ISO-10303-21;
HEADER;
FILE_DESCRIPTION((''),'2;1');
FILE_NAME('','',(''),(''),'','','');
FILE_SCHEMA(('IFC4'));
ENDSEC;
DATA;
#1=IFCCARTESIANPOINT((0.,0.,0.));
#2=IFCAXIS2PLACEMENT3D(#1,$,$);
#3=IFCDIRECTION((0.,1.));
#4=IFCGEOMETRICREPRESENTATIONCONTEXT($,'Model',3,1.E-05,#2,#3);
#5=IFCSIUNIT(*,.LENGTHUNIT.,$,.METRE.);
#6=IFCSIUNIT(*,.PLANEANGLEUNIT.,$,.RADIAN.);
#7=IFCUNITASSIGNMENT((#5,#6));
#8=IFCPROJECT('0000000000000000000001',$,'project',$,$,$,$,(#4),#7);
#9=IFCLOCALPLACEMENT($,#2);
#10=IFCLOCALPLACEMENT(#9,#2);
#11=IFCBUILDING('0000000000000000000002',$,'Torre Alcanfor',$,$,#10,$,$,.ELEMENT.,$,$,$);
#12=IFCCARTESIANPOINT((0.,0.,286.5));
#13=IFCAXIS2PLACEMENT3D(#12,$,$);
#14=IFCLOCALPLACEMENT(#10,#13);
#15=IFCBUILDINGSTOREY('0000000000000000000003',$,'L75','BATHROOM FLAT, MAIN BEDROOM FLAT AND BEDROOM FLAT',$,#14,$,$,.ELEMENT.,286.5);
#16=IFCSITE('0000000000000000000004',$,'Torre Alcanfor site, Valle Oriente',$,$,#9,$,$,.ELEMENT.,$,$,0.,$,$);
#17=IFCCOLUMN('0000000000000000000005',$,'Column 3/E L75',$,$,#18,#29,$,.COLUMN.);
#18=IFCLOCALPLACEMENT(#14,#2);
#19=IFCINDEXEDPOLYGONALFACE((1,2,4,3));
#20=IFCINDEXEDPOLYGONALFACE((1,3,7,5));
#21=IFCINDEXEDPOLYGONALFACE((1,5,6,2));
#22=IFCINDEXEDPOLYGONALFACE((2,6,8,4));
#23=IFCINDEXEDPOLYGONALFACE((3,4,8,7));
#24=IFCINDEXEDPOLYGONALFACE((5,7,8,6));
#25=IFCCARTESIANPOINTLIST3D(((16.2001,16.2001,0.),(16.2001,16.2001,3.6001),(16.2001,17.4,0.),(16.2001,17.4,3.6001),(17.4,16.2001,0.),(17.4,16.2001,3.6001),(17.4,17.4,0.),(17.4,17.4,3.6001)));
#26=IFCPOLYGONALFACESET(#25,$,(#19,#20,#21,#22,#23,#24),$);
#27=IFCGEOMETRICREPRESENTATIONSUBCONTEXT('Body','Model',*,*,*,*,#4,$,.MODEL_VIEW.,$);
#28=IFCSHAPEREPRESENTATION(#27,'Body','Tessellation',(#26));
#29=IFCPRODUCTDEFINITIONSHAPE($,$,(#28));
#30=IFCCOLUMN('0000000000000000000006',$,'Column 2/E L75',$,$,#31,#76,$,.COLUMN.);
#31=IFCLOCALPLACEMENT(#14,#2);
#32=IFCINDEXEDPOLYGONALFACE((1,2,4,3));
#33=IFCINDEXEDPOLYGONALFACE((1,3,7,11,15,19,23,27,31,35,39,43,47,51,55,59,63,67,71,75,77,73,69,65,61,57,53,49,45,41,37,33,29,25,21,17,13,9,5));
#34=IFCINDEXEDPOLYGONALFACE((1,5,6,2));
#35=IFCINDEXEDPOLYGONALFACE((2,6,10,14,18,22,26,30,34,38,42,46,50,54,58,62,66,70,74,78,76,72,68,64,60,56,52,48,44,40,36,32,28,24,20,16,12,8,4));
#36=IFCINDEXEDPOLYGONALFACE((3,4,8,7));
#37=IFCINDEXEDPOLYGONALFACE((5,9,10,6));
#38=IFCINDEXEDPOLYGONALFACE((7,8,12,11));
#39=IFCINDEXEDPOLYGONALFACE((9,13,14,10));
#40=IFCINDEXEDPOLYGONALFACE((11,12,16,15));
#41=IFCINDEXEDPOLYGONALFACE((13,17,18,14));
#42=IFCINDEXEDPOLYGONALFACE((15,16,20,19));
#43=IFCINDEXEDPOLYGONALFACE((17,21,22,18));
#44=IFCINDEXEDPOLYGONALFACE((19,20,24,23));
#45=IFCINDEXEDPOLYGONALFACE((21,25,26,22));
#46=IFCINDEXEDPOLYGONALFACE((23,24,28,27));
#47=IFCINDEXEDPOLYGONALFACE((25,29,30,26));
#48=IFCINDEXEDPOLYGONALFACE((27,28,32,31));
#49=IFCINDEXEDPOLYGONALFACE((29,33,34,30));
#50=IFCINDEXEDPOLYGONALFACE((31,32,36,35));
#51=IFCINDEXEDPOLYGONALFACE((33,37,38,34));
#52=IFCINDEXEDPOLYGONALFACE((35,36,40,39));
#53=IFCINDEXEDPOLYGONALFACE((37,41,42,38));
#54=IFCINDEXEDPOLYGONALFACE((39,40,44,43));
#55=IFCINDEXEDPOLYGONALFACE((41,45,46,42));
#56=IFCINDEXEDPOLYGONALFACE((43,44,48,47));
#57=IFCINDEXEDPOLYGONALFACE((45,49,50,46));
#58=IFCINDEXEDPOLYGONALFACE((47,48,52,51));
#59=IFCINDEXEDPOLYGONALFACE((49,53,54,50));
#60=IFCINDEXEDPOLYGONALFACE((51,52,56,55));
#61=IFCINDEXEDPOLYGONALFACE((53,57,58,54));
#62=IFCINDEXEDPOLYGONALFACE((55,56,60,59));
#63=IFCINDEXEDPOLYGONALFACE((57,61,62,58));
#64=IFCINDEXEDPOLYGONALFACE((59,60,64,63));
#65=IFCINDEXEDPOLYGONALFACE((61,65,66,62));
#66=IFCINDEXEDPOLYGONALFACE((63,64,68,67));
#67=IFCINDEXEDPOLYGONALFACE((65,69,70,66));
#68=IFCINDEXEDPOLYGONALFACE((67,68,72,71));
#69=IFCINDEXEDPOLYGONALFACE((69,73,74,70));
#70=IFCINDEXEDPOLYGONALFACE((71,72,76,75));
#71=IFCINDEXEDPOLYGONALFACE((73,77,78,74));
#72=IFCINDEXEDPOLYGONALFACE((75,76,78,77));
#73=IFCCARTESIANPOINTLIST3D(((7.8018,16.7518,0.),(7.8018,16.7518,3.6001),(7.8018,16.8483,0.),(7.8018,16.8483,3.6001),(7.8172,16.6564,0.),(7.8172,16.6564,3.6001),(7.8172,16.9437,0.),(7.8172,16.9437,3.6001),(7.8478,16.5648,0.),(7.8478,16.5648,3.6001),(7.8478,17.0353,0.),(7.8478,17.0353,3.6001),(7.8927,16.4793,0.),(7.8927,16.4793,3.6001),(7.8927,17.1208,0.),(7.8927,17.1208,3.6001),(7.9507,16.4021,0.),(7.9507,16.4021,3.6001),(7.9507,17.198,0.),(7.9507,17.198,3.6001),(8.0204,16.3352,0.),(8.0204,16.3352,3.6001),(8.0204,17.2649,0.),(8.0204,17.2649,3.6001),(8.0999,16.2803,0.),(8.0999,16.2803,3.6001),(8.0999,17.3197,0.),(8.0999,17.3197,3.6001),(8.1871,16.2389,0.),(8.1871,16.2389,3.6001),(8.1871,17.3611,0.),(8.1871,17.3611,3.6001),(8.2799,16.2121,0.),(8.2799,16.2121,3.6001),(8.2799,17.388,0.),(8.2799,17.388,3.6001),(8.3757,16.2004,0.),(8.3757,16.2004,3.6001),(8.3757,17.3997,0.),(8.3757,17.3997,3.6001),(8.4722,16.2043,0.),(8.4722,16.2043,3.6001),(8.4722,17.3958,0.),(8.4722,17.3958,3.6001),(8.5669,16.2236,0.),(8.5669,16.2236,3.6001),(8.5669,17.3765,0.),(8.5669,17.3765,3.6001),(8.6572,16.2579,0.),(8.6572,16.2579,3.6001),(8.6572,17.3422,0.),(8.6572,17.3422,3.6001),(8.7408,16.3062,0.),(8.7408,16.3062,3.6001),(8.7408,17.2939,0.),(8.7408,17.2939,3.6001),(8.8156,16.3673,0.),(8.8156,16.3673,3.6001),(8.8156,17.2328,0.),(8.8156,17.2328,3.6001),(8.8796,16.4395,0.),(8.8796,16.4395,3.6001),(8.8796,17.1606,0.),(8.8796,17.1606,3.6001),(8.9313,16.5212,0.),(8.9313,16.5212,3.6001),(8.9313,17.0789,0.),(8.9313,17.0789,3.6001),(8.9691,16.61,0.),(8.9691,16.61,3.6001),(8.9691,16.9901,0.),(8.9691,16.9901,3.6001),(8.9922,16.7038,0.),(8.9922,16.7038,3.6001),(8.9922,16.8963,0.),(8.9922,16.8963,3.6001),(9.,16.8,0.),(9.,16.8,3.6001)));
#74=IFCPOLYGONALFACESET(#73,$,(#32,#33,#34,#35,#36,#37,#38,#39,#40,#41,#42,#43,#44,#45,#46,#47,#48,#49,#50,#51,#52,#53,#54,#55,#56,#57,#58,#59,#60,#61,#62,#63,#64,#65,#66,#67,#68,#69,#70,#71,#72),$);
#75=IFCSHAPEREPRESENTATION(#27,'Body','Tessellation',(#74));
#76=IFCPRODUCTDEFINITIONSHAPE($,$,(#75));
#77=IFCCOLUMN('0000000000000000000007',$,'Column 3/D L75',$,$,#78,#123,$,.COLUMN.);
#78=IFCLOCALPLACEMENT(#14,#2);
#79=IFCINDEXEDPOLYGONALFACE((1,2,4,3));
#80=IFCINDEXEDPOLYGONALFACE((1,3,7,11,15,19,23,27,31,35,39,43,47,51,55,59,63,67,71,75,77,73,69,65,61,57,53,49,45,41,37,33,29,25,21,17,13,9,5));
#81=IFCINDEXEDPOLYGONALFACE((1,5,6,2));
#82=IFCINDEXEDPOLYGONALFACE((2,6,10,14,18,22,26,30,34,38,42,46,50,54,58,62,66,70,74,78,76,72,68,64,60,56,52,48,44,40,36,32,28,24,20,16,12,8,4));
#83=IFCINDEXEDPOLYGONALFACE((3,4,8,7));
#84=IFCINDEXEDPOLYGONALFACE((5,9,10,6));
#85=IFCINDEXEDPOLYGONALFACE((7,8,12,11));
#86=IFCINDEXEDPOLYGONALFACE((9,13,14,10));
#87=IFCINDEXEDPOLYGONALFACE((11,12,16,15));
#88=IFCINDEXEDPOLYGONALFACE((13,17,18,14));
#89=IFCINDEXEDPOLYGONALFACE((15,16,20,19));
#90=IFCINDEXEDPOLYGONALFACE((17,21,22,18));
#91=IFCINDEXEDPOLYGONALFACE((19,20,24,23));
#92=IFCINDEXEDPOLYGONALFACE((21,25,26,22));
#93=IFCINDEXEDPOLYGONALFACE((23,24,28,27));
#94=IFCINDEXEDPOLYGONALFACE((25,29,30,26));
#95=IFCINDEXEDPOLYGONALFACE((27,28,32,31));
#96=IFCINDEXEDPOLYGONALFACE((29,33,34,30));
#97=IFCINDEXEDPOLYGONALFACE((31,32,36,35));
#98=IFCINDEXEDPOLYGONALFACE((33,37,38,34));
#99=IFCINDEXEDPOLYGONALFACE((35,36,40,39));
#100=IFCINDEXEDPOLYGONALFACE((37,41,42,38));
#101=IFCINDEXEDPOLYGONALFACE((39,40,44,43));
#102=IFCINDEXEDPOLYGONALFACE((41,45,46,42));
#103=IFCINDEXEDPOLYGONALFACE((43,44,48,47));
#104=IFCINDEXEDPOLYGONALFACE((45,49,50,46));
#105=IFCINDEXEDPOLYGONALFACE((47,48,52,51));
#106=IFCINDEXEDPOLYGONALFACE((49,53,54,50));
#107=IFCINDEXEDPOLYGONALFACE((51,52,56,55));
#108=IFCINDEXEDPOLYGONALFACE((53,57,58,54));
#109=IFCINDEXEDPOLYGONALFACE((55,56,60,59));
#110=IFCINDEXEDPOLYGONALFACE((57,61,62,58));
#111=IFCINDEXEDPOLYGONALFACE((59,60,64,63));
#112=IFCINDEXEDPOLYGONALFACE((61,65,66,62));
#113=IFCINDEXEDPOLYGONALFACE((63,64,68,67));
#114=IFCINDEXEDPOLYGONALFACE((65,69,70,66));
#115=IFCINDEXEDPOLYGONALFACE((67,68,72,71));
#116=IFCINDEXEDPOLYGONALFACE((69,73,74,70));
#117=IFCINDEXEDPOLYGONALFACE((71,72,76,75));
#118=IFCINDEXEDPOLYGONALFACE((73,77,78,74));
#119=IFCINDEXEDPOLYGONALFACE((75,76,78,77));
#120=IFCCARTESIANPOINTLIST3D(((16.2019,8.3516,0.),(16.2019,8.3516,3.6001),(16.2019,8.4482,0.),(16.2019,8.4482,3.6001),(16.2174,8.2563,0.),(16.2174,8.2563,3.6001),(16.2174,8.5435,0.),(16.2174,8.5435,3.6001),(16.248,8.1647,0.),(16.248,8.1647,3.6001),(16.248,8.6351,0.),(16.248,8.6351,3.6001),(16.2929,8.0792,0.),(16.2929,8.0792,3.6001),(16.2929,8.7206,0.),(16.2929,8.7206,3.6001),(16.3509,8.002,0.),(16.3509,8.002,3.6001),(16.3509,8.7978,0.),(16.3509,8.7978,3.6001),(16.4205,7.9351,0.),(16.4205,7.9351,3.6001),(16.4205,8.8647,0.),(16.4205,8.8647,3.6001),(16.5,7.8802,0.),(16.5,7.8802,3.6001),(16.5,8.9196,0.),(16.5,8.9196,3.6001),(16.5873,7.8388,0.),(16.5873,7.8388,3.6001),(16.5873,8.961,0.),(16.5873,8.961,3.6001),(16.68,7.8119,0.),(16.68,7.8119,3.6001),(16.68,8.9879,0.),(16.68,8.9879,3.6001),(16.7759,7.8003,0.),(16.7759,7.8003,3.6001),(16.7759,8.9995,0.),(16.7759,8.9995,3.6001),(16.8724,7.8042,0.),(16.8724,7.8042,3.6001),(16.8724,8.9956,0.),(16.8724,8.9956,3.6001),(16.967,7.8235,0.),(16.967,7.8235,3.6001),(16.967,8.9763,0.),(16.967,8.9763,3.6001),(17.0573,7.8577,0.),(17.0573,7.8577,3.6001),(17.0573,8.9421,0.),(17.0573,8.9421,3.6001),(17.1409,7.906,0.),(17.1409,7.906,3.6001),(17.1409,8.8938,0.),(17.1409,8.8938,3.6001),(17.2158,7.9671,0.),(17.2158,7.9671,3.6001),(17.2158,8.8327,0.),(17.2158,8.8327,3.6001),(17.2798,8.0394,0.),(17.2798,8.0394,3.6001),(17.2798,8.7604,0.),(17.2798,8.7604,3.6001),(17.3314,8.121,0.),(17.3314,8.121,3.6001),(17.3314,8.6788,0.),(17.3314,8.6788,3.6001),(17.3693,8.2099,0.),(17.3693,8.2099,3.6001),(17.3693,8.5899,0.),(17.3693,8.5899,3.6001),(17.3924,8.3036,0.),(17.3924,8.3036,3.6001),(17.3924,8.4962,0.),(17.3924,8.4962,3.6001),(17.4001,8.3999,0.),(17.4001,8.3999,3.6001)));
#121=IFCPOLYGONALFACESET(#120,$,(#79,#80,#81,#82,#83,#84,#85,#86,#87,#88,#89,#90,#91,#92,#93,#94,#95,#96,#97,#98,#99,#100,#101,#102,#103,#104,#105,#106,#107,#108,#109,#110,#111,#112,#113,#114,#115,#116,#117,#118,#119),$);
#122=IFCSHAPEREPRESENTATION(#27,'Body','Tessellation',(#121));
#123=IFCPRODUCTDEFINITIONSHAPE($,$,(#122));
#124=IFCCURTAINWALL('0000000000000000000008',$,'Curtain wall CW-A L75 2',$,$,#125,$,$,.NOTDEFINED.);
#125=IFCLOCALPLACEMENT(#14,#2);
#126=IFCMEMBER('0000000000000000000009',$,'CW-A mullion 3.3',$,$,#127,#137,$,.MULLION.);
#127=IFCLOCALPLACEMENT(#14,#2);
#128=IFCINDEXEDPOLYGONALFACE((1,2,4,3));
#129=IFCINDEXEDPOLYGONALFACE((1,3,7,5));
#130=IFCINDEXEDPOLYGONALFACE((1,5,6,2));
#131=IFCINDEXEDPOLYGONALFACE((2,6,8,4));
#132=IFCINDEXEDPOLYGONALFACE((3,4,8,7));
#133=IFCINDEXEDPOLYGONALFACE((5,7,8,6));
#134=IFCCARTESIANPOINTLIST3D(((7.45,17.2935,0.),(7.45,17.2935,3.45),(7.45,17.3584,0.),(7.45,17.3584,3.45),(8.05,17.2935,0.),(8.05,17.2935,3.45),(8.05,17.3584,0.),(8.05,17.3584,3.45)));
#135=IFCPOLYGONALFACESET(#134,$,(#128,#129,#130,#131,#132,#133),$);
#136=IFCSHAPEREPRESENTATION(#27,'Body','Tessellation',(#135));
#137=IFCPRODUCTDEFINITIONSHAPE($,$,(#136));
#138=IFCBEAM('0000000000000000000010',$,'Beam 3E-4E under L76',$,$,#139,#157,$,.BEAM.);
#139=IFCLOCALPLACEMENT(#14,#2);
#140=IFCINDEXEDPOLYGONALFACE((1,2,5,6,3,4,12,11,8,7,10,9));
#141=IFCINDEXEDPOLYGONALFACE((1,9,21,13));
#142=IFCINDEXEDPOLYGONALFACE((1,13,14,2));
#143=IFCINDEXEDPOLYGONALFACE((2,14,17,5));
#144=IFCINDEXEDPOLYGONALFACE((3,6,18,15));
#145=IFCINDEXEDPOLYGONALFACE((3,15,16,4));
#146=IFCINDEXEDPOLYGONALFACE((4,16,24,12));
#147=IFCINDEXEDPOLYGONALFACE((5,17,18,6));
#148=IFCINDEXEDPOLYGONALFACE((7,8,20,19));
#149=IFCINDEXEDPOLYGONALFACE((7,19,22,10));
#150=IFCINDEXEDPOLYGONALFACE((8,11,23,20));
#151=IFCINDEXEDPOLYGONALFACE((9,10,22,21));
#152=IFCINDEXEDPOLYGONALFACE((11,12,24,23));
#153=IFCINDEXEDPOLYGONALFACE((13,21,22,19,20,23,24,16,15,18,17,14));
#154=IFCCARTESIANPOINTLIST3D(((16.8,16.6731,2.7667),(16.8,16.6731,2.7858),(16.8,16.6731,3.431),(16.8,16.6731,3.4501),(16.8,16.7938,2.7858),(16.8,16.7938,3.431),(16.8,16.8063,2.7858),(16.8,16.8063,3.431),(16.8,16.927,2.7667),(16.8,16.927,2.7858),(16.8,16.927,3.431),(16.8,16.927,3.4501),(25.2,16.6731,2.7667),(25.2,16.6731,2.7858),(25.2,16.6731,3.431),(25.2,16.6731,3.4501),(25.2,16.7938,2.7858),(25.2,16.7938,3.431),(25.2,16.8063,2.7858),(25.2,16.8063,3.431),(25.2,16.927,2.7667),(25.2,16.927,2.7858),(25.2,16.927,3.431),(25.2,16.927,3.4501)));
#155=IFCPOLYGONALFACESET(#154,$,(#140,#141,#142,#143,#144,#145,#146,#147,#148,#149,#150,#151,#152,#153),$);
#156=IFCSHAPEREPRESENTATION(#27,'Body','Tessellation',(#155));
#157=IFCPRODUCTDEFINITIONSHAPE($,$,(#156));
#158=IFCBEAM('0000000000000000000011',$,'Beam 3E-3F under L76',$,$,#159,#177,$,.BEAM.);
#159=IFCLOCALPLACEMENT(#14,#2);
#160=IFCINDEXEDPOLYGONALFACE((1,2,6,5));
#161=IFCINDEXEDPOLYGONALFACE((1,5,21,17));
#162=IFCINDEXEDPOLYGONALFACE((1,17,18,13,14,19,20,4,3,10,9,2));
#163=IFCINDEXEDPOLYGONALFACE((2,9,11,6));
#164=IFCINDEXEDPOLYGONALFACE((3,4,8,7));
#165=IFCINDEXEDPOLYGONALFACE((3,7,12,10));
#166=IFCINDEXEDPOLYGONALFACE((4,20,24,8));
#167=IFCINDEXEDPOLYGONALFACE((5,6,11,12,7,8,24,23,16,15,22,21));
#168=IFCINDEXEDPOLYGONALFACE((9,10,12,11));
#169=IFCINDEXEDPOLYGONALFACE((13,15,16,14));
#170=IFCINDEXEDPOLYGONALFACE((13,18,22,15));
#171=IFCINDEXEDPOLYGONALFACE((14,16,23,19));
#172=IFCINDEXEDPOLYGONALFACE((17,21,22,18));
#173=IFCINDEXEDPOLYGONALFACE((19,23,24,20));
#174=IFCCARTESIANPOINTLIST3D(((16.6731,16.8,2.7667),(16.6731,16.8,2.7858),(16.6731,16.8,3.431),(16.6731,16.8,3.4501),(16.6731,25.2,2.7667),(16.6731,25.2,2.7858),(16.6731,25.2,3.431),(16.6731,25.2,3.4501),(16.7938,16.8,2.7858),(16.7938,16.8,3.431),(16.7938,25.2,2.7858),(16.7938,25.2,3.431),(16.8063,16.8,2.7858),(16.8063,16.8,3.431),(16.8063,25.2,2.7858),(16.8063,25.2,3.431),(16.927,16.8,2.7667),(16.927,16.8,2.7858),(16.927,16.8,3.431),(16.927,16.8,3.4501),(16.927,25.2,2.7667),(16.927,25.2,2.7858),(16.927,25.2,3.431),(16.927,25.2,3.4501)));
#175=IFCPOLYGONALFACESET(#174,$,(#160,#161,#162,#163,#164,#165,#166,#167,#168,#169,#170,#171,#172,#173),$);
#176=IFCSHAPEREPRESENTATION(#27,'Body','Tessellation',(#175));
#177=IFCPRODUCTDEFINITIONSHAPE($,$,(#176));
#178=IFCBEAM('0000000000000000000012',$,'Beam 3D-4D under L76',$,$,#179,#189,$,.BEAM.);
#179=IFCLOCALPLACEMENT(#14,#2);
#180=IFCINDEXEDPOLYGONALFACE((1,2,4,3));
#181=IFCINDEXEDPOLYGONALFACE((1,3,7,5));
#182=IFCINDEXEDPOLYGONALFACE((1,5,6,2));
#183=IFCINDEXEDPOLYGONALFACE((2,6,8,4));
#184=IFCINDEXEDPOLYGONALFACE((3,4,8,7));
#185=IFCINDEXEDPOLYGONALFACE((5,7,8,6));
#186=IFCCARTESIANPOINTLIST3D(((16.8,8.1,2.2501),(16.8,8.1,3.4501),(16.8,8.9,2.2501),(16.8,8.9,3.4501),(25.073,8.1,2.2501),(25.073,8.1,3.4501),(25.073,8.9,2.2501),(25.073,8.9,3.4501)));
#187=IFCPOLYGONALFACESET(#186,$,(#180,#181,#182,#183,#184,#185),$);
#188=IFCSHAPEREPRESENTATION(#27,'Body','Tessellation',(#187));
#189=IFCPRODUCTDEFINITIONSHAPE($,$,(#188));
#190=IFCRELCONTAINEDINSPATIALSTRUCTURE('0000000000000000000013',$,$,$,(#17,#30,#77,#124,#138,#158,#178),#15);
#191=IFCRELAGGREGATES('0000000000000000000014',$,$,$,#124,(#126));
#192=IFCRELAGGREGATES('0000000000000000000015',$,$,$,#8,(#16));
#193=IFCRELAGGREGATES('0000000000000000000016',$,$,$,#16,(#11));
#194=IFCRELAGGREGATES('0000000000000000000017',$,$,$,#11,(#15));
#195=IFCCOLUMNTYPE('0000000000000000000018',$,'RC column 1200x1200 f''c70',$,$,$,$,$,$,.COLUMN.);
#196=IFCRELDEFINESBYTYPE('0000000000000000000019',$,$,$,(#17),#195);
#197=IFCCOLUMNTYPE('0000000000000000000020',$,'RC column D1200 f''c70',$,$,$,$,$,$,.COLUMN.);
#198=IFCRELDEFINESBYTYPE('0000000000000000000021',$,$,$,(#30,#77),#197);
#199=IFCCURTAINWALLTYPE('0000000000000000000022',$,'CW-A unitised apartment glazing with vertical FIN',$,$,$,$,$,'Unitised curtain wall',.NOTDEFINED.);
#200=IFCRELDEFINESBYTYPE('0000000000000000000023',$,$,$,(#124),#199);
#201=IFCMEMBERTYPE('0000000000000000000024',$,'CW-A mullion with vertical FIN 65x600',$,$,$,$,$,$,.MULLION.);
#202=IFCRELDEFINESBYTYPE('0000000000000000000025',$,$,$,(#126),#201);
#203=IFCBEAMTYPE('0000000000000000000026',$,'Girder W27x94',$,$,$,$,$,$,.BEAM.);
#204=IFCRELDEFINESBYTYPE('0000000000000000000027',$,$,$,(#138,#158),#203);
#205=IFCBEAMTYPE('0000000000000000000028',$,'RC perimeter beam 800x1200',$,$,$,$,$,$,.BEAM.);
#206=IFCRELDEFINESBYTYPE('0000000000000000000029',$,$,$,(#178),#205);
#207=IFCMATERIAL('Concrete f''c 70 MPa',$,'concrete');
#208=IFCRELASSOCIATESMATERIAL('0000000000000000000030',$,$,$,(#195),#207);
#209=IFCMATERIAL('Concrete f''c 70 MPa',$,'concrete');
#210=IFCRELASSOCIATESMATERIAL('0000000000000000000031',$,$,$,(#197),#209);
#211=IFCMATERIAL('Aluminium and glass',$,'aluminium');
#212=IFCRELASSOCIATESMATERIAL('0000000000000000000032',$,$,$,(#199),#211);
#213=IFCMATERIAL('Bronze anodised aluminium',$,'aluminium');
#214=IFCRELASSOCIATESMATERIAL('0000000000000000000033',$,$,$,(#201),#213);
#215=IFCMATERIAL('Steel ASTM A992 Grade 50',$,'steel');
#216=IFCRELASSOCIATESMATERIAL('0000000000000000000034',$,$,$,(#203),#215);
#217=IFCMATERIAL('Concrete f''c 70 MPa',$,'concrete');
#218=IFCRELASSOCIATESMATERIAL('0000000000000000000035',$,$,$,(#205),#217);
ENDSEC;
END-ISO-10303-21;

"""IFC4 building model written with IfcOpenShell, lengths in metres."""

from ifc_helpers import new_model, si_unit, direction, frame, origin, origin_2d, place, context, subcontext, project, spatial, rectangle, circle, i_section, extrude, material, material_profile, profile_set, type_object, element, aggregate, save


model = new_model("IFC4")

# Units and contexts
model_context = context("Model", 3, precision=1e-05, world=origin(), true_north=direction((0.0, 1.0)))
body_context = subcontext(model_context, "Body", "Model", "MODEL_VIEW")
ifc_project = project(units=[si_unit("LENGTHUNIT", "METRE"), si_unit("PLANEANGLEUNIT", "RADIAN")], contexts=[model_context])

# Site, building, storey
site_placement = place(None, origin())
site = spatial("IfcSite", under=ifc_project, at=site_placement, Name="Torre Alcanfor site, Valle Oriente", CompositionType="ELEMENT", RefElevation=0.0)
building_placement = place(site_placement, origin())
building = spatial("IfcBuilding", under=site, at=building_placement, Name="Torre Alcanfor", CompositionType="ELEMENT")
storey_placement = place(building_placement, frame((0.0, 0.0, 286.5)))
storey = spatial("IfcBuildingStorey", under=building, at=storey_placement, Name="L75", Description="BATHROOM FLAT, MAIN BEDROOM FLAT AND BEDROOM FLAT", CompositionType="ELEMENT", Elevation=286.5)

# Columns
ifc_material_1 = material(Name="Concrete f'c 70 MPa", Category="concrete")
ifc_material_profile_1 = material_profile(ifc_material_1, rectangle(XDim=1.2, YDim=1.2, at=origin_2d()), Name="1200x1200")
ifc_profile_set_1 = profile_set([ifc_material_profile_1], Name="Concrete f'c 70 MPa")
column_type_1 = type_object("IfcColumnType", Name="RC column 1200x1200 f'c70", PredefinedType="COLUMN", material=ifc_profile_set_1)
column_placement = place(storey_placement, frame((16.8, 16.8, 0.0), z_axis=(0.0, 0.0, 1.0), x_axis=(1.0, 0.0, 0.0)))
element("IfcColumn", 1, at=column_placement, inside=storey, type_object=column_type_1, Name="Column 3/E L75", PredefinedType="COLUMN", context=body_context, shape_type="SweptSolid", body=[
    extrude(rectangle(XDim=1.2, YDim=1.2, at=origin_2d()), origin(), (0.0, 0.0, 1.0), 3.6001),
])
ifc_material_2 = material(Name="Concrete f'c 70 MPa", Category="concrete")
ifc_material_profile_2 = material_profile(ifc_material_2, circle(Radius=0.6001, at=origin_2d()), Name="D1200")
ifc_profile_set_2 = profile_set([ifc_material_profile_2], Name="Concrete f'c 70 MPa")
column_type_2 = type_object("IfcColumnType", Name="RC column D1200 f'c70", PredefinedType="COLUMN", material=ifc_profile_set_2)
for number, where, z_axis, x_axis, name in (
    (2, (8.3999, 16.8, 0.0), (0.0, 0.0, 1.0), (1.0, 0.0, 0.0), "Column 2/E L75"),
    (3, (16.8, 8.3999, 0.0), (0.0, 0.0, 1.0), (1.0, 0.0, 0.0), "Column 3/D L75"),
):
    element("IfcColumn", number, at=place(storey_placement, frame(where, z_axis=z_axis, x_axis=x_axis)), inside=storey, type_object=column_type_2, Name=name, PredefinedType="COLUMN", context=body_context, shape_type="SweptSolid", body=[
        extrude(circle(Radius=0.6001, at=origin_2d()), origin(), (0.0, 0.0, 1.0), 3.6001),
    ])

# Curtain wall, member
ifc_material_3 = material(Name="Aluminium and glass", Category="aluminium")
curtain_wall_type = type_object("IfcCurtainWallType", Name="CW-A unitised apartment glazing with vertical FIN", ElementType="Unitised curtain wall", PredefinedType="NOTDEFINED", material=ifc_material_3)
curtain_wall_placement = place(storey_placement, origin())
curtain_wall = element("IfcCurtainWall", 4, at=curtain_wall_placement, inside=storey, type_object=curtain_wall_type, Name="Curtain wall CW-A L75 2", PredefinedType="NOTDEFINED")
ifc_material_4 = material(Name="Bronze anodised aluminium", Category="aluminium")
ifc_material_profile_3 = material_profile(ifc_material_4, rectangle(XDim=0.6001, YDim=0.0649, at=origin_2d()), Name="CW-A mullion 65x600")
ifc_profile_set_3 = profile_set([ifc_material_profile_3], Name="Bronze anodised aluminium")
member_type = type_object("IfcMemberType", Name="CW-A mullion with vertical FIN 65x600", PredefinedType="MULLION", material=ifc_profile_set_3)
member_placement = place(storey_placement, frame((7.75, 17.3259, 0.0), z_axis=(0.0, 0.0, 1.0), x_axis=(1.0, 0.0, 0.0)))
member = element("IfcMember", 5, at=member_placement, type_object=member_type, Name="CW-A mullion 3.3", PredefinedType="MULLION", context=body_context, shape_type="SweptSolid", body=[
    extrude(rectangle(XDim=0.6001, YDim=0.0649, at=origin_2d()), origin(), (0.0, 0.0, 1.0), 3.45),
])
aggregate(curtain_wall, [member])

# Beams
ifc_material_5 = material(Name="Steel ASTM A992 Grade 50", Category="steel")
ifc_material_profile_4 = material_profile(ifc_material_5, i_section(OverallWidth=0.2539, OverallDepth=0.6833, WebThickness=0.0125, FlangeThickness=0.019, at=origin_2d()), Name="W27x94")
ifc_profile_set_4 = profile_set([ifc_material_profile_4], Name="Steel ASTM A992 Grade 50")
beam_type_1 = type_object("IfcBeamType", Name="Girder W27x94", PredefinedType="BEAM", material=ifc_profile_set_4)
for number, where, z_axis, x_axis, name in (
    (6, (16.8, 16.8, 3.1084), (1.0, 0.0, 0.0), (0.0, 1.0, 0.0), "Beam 3E-4E under L76"),
    (7, (16.8, 16.8, 3.1084), (0.0, 1.0, 0.0), (-1.0, 0.0, 0.0), "Beam 3E-3F under L76"),
):
    element("IfcBeam", number, at=place(storey_placement, frame(where, z_axis=z_axis, x_axis=x_axis)), inside=storey, type_object=beam_type_1, Name=name, PredefinedType="BEAM", context=body_context, shape_type="SweptSolid", body=[
        extrude(i_section(OverallWidth=0.2539, OverallDepth=0.6833, WebThickness=0.0125, FlangeThickness=0.019, at=origin_2d()), origin(), (0.0, 0.0, 1.0), 8.3999),
    ])
ifc_material_6 = material(Name="Concrete f'c 70 MPa", Category="concrete")
ifc_material_profile_5 = material_profile(ifc_material_6, rectangle(XDim=0.8, YDim=1.2, at=origin_2d()), Name="800x1200")
ifc_profile_set_5 = profile_set([ifc_material_profile_5], Name="Concrete f'c 70 MPa")
beam_type_2 = type_object("IfcBeamType", Name="RC perimeter beam 800x1200", PredefinedType="BEAM", material=ifc_profile_set_5)
beam_1_placement = place(storey_placement, frame((16.8, 8.5, 2.8501), z_axis=(1.0, 0.0, 0.0), x_axis=(0.0, 1.0, 0.0)))
element("IfcBeam", 8, at=beam_1_placement, inside=storey, type_object=beam_type_2, Name="Beam 3D-4D under L76", PredefinedType="BEAM", context=body_context, shape_type="SweptSolid", body=[
    extrude(rectangle(XDim=0.8, YDim=1.2, at=origin_2d()), origin(), (0.0, 0.0, 1.0), 8.2729),
])

save(model, "model.ifc")
